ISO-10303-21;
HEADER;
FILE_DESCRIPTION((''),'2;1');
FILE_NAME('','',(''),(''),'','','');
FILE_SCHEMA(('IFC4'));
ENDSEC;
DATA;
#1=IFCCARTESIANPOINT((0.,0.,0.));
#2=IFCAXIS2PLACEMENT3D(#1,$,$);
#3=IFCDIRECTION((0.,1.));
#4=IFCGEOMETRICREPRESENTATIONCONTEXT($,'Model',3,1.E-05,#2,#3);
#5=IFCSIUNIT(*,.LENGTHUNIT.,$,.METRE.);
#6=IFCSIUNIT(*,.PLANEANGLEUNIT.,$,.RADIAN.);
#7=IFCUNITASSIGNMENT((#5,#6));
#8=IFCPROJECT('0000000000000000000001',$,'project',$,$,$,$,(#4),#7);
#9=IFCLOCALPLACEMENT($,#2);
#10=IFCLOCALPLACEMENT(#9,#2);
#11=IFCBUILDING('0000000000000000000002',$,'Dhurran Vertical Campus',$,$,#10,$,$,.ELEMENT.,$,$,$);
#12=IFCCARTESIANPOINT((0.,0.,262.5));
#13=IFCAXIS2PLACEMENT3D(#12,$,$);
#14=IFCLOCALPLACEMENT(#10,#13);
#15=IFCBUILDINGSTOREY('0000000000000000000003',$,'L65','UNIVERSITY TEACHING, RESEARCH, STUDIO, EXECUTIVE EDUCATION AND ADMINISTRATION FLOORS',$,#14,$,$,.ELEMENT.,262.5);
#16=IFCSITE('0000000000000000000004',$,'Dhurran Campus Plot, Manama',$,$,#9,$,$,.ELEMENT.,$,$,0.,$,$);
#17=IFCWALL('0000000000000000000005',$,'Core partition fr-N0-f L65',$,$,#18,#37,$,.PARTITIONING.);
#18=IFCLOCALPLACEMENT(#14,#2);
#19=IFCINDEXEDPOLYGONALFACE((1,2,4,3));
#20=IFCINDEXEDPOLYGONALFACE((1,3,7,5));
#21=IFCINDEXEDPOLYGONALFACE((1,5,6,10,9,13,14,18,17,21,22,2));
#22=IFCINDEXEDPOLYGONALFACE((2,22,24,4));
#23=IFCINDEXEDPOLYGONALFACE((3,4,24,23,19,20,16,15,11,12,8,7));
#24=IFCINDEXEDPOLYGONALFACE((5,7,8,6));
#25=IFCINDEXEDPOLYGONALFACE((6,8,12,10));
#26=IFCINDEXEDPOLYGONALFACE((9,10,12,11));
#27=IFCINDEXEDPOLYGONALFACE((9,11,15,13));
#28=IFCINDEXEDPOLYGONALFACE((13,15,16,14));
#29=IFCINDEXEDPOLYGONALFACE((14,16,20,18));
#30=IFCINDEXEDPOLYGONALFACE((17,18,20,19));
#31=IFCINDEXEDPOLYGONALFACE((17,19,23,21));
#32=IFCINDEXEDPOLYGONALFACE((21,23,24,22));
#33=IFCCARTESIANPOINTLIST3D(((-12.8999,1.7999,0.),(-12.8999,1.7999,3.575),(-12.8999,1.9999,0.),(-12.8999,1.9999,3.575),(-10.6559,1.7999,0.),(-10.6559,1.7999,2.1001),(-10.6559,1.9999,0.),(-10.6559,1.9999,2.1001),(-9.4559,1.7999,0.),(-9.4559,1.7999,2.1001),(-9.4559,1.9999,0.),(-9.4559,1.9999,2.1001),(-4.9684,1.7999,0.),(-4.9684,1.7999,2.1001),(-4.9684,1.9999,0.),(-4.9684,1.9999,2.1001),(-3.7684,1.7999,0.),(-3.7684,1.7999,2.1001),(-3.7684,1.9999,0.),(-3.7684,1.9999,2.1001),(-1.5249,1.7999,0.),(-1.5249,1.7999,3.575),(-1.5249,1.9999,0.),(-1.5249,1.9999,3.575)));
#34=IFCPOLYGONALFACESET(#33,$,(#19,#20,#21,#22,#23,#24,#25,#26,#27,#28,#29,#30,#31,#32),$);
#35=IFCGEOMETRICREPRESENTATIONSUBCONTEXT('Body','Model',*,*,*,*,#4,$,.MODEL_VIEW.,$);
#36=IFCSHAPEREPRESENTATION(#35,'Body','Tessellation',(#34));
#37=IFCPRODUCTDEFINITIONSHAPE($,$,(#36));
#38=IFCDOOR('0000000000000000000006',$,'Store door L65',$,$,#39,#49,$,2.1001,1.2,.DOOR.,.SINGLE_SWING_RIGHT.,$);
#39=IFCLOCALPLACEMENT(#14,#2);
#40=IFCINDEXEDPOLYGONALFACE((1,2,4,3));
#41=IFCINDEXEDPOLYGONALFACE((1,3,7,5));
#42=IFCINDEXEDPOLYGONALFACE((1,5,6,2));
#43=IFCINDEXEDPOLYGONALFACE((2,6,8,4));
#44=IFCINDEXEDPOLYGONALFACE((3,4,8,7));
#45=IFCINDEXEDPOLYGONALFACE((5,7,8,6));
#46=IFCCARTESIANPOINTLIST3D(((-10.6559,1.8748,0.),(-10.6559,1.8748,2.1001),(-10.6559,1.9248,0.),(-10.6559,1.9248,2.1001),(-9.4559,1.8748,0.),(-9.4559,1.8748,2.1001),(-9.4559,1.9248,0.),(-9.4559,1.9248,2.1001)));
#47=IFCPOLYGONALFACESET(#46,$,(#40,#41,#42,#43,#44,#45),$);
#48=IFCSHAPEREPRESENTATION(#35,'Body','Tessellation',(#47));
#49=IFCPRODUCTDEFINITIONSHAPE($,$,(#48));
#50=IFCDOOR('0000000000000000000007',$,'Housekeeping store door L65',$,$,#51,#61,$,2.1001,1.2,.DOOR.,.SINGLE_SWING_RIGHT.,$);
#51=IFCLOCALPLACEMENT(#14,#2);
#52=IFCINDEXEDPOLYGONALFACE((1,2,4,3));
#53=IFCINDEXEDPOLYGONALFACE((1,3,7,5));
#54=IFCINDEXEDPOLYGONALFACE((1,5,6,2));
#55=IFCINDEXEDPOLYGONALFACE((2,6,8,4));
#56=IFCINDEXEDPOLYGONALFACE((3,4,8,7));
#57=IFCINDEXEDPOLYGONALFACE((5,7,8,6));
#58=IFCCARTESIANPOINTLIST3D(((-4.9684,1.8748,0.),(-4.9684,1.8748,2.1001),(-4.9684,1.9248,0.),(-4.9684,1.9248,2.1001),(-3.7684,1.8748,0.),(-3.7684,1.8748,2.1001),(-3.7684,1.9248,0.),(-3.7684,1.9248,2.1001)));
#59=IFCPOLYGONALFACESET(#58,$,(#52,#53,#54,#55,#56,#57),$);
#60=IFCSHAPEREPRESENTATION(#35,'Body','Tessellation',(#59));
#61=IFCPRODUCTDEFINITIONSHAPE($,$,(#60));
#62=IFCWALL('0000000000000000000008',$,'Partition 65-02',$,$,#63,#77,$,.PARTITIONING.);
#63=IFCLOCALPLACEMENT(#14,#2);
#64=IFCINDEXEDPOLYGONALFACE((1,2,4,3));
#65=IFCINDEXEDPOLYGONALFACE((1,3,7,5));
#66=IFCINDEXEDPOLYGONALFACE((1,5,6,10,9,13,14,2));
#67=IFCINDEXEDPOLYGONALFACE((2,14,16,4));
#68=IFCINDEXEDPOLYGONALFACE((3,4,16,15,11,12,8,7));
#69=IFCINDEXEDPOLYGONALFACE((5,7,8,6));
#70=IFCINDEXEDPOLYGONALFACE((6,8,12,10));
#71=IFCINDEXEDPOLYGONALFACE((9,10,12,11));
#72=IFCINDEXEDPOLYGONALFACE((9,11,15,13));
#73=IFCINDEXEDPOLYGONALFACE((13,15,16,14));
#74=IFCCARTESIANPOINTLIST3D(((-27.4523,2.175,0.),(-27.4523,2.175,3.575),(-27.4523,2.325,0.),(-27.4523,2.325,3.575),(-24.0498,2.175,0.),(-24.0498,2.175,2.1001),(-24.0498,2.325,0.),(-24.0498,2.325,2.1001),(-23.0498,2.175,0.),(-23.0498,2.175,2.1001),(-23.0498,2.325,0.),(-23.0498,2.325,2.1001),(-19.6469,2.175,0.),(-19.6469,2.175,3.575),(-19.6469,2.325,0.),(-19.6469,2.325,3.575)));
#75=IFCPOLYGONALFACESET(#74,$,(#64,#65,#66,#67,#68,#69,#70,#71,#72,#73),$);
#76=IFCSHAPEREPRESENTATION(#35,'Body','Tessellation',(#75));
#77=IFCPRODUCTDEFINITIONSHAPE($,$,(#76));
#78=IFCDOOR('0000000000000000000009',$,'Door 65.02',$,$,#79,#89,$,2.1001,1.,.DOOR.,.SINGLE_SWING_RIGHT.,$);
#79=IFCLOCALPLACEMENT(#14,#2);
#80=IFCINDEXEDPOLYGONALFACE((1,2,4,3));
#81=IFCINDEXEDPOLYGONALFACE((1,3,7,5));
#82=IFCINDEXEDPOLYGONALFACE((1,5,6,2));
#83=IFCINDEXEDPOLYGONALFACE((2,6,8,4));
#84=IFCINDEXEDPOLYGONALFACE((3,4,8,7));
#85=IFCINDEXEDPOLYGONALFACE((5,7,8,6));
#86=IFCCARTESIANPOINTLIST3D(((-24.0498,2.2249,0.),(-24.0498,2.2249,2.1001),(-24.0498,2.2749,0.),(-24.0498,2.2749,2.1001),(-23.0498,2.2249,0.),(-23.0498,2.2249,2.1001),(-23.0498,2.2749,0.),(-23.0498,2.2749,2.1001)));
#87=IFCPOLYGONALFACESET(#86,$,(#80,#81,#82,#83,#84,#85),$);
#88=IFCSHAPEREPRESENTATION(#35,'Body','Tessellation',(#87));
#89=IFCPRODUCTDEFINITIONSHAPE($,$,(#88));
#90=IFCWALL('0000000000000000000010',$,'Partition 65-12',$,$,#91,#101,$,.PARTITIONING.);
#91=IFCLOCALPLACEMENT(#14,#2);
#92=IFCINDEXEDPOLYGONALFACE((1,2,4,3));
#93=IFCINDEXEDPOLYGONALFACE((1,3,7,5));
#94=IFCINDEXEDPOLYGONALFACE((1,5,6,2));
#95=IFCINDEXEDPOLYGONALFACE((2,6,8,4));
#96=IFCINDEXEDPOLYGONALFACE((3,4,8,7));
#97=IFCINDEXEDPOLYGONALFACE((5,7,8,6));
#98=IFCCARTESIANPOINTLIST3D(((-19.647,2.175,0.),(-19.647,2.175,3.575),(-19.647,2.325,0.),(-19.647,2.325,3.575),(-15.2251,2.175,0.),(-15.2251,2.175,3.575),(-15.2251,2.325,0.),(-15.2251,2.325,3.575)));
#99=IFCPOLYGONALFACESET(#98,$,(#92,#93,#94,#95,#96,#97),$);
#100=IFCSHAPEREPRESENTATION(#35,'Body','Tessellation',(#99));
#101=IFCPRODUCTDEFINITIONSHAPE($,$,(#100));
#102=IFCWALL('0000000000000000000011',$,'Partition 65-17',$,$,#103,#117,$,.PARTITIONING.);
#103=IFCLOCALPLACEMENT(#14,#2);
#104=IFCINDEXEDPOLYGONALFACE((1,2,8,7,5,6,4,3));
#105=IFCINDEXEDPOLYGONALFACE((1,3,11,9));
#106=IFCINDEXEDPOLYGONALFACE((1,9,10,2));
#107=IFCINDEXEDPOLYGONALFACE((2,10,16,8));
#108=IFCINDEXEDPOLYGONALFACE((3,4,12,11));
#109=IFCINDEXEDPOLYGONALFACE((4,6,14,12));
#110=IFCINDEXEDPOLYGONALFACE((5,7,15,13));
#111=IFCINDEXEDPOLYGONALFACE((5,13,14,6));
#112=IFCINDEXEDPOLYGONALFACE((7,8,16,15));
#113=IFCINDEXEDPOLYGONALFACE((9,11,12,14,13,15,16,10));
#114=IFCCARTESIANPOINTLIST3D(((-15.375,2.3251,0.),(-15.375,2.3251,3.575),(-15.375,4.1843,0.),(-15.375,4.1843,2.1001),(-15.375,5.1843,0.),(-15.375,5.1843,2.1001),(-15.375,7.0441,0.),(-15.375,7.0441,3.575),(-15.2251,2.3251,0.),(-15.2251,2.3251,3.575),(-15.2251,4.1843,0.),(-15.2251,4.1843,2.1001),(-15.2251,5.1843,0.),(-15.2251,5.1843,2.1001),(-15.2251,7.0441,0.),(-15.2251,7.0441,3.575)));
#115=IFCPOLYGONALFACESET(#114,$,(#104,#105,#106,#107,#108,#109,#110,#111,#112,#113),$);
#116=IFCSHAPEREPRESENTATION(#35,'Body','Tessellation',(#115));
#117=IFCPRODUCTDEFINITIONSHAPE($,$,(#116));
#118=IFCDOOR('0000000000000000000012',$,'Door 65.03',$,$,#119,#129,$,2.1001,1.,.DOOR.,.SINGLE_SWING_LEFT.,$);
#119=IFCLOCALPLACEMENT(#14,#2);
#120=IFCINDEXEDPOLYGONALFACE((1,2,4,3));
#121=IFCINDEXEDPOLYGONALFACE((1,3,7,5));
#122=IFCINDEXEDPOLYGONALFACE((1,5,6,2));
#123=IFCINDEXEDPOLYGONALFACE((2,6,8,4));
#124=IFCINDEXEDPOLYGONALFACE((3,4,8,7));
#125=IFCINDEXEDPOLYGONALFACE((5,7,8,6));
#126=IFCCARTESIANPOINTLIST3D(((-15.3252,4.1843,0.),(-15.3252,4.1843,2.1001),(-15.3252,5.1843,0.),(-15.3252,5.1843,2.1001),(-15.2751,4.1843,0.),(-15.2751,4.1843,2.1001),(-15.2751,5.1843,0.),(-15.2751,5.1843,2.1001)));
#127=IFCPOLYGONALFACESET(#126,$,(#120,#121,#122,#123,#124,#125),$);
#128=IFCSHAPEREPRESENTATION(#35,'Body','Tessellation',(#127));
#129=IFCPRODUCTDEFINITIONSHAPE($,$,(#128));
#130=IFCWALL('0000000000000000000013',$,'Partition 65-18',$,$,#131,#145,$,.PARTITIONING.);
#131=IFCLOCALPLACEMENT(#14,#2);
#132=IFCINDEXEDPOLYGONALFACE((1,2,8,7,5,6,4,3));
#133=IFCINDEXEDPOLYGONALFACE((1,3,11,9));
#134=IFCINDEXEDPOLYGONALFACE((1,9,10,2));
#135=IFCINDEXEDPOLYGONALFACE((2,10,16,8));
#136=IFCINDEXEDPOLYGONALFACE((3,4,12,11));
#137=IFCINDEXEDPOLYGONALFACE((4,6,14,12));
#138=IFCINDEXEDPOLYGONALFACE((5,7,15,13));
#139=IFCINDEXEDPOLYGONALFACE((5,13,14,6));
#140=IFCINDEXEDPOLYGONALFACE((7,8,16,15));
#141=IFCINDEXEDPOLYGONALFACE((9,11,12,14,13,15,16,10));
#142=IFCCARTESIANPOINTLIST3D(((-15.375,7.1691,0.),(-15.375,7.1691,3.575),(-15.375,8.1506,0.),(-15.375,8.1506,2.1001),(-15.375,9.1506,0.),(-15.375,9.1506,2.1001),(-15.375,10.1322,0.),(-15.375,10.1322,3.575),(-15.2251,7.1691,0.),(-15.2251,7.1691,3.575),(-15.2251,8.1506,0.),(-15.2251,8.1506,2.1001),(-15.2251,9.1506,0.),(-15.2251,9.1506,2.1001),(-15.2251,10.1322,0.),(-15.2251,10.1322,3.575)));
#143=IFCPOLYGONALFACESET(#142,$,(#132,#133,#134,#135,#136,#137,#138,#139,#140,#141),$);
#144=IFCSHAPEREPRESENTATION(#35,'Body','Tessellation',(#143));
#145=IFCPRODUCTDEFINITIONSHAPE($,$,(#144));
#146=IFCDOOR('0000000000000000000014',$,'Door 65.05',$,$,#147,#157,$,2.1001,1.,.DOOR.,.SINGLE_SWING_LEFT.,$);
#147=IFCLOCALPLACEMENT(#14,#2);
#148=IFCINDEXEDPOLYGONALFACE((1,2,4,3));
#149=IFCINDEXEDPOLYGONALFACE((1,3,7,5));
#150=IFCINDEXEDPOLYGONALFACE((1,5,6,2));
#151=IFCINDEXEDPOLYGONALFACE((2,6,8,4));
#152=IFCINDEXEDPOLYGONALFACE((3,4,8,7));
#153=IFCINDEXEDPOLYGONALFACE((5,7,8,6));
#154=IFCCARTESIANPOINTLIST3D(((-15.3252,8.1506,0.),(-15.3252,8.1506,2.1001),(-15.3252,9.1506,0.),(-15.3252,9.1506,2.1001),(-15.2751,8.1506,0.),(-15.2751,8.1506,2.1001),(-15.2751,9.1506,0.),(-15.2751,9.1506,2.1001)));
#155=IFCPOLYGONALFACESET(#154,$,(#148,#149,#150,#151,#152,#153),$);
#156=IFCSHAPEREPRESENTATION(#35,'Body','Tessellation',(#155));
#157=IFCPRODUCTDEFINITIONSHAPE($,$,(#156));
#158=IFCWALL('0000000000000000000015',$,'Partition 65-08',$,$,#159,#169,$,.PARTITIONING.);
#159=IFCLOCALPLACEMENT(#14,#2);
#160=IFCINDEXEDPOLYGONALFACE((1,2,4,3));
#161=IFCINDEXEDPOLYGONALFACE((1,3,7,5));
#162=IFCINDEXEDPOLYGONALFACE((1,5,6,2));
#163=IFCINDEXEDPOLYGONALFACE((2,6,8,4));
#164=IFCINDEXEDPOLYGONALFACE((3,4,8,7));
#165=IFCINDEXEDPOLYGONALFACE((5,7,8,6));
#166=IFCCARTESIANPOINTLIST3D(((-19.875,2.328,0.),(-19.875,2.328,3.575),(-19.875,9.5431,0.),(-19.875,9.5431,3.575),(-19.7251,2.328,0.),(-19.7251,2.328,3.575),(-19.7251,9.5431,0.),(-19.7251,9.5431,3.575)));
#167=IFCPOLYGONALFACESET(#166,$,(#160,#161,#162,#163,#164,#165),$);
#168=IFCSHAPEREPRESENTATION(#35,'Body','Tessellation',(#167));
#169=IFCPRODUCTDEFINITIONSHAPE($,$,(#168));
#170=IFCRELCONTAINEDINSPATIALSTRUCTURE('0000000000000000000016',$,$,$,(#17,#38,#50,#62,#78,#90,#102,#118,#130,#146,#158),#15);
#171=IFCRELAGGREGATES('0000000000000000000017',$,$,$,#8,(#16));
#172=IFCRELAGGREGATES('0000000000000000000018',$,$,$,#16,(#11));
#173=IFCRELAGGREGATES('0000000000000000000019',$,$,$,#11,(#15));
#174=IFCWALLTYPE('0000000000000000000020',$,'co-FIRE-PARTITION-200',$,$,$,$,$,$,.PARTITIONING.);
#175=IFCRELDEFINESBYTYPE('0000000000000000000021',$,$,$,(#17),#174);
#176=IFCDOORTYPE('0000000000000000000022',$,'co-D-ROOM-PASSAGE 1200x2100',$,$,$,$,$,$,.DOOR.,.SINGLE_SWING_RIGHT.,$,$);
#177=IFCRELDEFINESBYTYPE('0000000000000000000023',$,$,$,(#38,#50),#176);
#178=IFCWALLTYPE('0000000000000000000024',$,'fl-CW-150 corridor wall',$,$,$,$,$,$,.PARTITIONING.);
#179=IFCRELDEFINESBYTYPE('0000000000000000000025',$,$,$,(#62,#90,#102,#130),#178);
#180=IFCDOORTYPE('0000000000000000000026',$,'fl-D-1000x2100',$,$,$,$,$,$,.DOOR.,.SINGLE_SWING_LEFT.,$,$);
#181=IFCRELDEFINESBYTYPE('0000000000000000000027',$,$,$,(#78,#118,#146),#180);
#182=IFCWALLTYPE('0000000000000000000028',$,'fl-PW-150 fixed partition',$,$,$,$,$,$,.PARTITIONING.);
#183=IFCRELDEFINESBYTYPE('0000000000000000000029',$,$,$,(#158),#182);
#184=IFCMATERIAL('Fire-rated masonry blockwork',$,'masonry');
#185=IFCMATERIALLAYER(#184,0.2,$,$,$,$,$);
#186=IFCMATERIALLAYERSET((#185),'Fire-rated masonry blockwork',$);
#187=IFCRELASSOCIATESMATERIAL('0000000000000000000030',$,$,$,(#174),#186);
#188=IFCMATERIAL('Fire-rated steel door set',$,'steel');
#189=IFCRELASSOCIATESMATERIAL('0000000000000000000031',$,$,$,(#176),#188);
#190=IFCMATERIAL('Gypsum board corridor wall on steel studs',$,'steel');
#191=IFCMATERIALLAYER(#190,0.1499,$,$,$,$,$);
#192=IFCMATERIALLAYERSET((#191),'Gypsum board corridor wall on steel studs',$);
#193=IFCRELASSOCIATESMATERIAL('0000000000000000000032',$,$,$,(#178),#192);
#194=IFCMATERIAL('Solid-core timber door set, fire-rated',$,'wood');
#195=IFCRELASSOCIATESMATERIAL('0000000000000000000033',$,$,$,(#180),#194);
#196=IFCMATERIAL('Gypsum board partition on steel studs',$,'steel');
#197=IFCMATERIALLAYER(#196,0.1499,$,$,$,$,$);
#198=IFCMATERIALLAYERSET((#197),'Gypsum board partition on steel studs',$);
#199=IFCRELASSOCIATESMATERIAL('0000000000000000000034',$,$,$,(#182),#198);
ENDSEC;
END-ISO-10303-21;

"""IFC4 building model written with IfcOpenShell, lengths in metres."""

from ifc_helpers import new_model, si_unit, direction, frame, frame_2d, origin, place, context, subcontext, project, spatial, rectangle, extrude, material, layer, layer_set, type_object, element, fill, save


model = new_model("IFC4")

# Units and contexts
model_context = context("Model", 3, precision=1e-05, world=origin(), true_north=direction((0.0, 1.0)))
body_context = subcontext(model_context, "Body", "Model", "MODEL_VIEW")
ifc_project = project(units=[si_unit("LENGTHUNIT", "METRE"), si_unit("PLANEANGLEUNIT", "RADIAN")], contexts=[model_context])

# Site, building, storey
site_placement = place(None, origin())
site = spatial("IfcSite", under=ifc_project, at=site_placement, Name="Dhurran Campus Plot, Manama", CompositionType="ELEMENT", RefElevation=0.0)
building_placement = place(site_placement, origin())
building = spatial("IfcBuilding", under=site, at=building_placement, Name="Dhurran Vertical Campus", CompositionType="ELEMENT")
storey_placement = place(building_placement, frame((0.0, 0.0, 262.5)))
storey = spatial("IfcBuildingStorey", under=building, at=storey_placement, Name="L65", Description="UNIVERSITY TEACHING, RESEARCH, STUDIO, EXECUTIVE EDUCATION AND ADMINISTRATION FLOORS", CompositionType="ELEMENT", Elevation=262.5)

# Wall, openings, doors
ifc_material_1 = material(Name="Fire-rated masonry blockwork", Category="masonry")
ifc_layer_1 = layer(ifc_material_1, 0.2)
ifc_layer_set_1 = layer_set([ifc_layer_1], Name="Fire-rated masonry blockwork")
wall_type_1 = type_object("IfcWallType", Name="co-FIRE-PARTITION-200", PredefinedType="PARTITIONING", material=ifc_layer_set_1)
wall_1_placement = place(storey_placement, frame((-12.8999, 1.8999, 0.0), z_axis=(0.0, 0.0, 1.0), x_axis=(1.0, 0.0, 0.0)))
wall_1 = element("IfcWall", 1, at=wall_1_placement, inside=storey, type_object=wall_type_1, Name="Core partition fr-N0-f L65", PredefinedType="PARTITIONING", context=body_context, shape_type="SweptSolid", body=[
    extrude(rectangle(XDim=11.375, YDim=0.2, at=frame_2d((5.6875, 0.0))), origin(), (0.0, 0.0, 1.0), 3.575),
])
opening_1_placement = place(wall_1_placement, frame((2.2439, 0.0, 0.0)))
opening_1 = element("IfcOpeningElement", 2, at=opening_1_placement, cuts=wall_1, PredefinedType="OPENING", context=body_context, shape_type="SweptSolid", body=[
    extrude(rectangle(XDim=1.2, YDim=2.1001, at=frame_2d((0.6001, 1.05))), frame((0.0, 0.1099, 0.0), z_axis=(0.0, -1.0, 0.0), x_axis=(1.0, 0.0, 0.0)), (0.0, 0.0, 1.0), 0.22),
])
opening_2_placement = place(wall_1_placement, frame((7.9314, 0.0, 0.0)))
opening_2 = element("IfcOpeningElement", 3, at=opening_2_placement, cuts=wall_1, PredefinedType="OPENING", context=body_context, shape_type="SweptSolid", body=[
    extrude(rectangle(XDim=1.2, YDim=2.1001, at=frame_2d((0.6001, 1.05))), frame((0.0, 0.1099, 0.0), z_axis=(0.0, -1.0, 0.0), x_axis=(1.0, 0.0, 0.0)), (0.0, 0.0, 1.0), 0.22),
])
ifc_material_2 = material(Name="Fire-rated steel door set", Category="steel")
door_type_1 = type_object("IfcDoorType", Name="co-D-ROOM-PASSAGE 1200x2100", OperationType="SINGLE_SWING_RIGHT", PredefinedType="DOOR", material=ifc_material_2)
door_1_placement = place(opening_1_placement, origin())
door_1 = element("IfcDoor", 4, at=door_1_placement, inside=storey, type_object=door_type_1, Name="Store door L65", OperationType="SINGLE_SWING_RIGHT", OverallHeight=2.1001, OverallWidth=1.2, PredefinedType="DOOR", context=body_context, shape_type="SweptSolid", body=[
    extrude(rectangle(XDim=1.2, YDim=2.1001, at=frame_2d((0.6001, 1.05))), frame((0.0, 0.0249, 0.0), z_axis=(0.0, -1.0, 0.0), x_axis=(1.0, 0.0, 0.0)), (0.0, 0.0, 1.0), 0.05),
])
fill(opening_1, door_1)
door_2_placement = place(opening_2_placement, origin())
door_2 = element("IfcDoor", 5, at=door_2_placement, inside=storey, type_object=door_type_1, Name="Housekeeping store door L65", OperationType="SINGLE_SWING_RIGHT", OverallHeight=2.1001, OverallWidth=1.2, PredefinedType="DOOR", context=body_context, shape_type="SweptSolid", body=[
    extrude(rectangle(XDim=1.2, YDim=2.1001, at=frame_2d((0.6001, 1.05))), frame((0.0, 0.0249, 0.0), z_axis=(0.0, -1.0, 0.0), x_axis=(1.0, 0.0, 0.0)), (0.0, 0.0, 1.0), 0.05),
])
fill(opening_2, door_2)

# Wall, opening, door
ifc_material_3 = material(Name="Gypsum board corridor wall on steel studs", Category="steel")
ifc_layer_2 = layer(ifc_material_3, 0.1499)
ifc_layer_set_2 = layer_set([ifc_layer_2], Name="Gypsum board corridor wall on steel studs")
wall_type_2 = type_object("IfcWallType", Name="fl-CW-150 corridor wall", PredefinedType="PARTITIONING", material=ifc_layer_set_2)
wall_2_placement = place(storey_placement, frame((-27.4524, 2.25, 0.0), z_axis=(0.0, 0.0, 1.0), x_axis=(1.0, 0.0, 0.0)))
wall_2 = element("IfcWall", 6, at=wall_2_placement, inside=storey, type_object=wall_type_2, Name="Partition 65-02", PredefinedType="PARTITIONING", context=body_context, shape_type="SweptSolid", body=[
    extrude(rectangle(XDim=7.8054, YDim=0.1499, at=frame_2d((3.9028, 0.0))), origin(), (0.0, 0.0, 1.0), 3.575),
])
opening_3_placement = place(wall_2_placement, frame((3.4026, 0.0, 0.0)))
opening_3 = element("IfcOpeningElement", 7, at=opening_3_placement, cuts=wall_2, PredefinedType="OPENING", context=body_context, shape_type="SweptSolid", body=[
    extrude(rectangle(XDim=1.0, YDim=2.1001, at=frame_2d((0.5, 1.05))), frame((0.0, 0.085, 0.0), z_axis=(0.0, -1.0, 0.0), x_axis=(1.0, 0.0, 0.0)), (0.0, 0.0, 1.0), 0.1699),
])
ifc_material_4 = material(Name="Solid-core timber door set, fire-rated", Category="wood")
door_type_2 = type_object("IfcDoorType", Name="fl-D-1000x2100", OperationType="SINGLE_SWING_LEFT", PredefinedType="DOOR", material=ifc_material_4)
door_3_placement = place(opening_3_placement, origin())
door_3 = element("IfcDoor", 8, at=door_3_placement, inside=storey, type_object=door_type_2, Name="Door 65.02", OperationType="SINGLE_SWING_RIGHT", OverallHeight=2.1001, OverallWidth=1.0, PredefinedType="DOOR", context=body_context, shape_type="SweptSolid", body=[
    extrude(rectangle(XDim=1.0, YDim=2.1001, at=frame_2d((0.5, 1.05))), frame((0.0, 0.0249, 0.0), z_axis=(0.0, -1.0, 0.0), x_axis=(1.0, 0.0, 0.0)), (0.0, 0.0, 1.0), 0.05),
])
fill(opening_3, door_3)

# Wall
wall_3_placement = place(storey_placement, frame((-19.647, 2.25, 0.0), z_axis=(0.0, 0.0, 1.0), x_axis=(1.0, 0.0, 0.0)))
element("IfcWall", 9, at=wall_3_placement, inside=storey, type_object=wall_type_2, Name="Partition 65-12", PredefinedType="PARTITIONING", context=body_context, shape_type="SweptSolid", body=[
    extrude(rectangle(XDim=4.4219, YDim=0.1499, at=frame_2d((2.2109, 0.0))), origin(), (0.0, 0.0, 1.0), 3.575),
])

# Walls, openings, doors
wall_4_placement = place(storey_placement, frame((-15.3, 7.0439, 0.0), z_axis=(0.0, 0.0, 1.0), x_axis=(0.0, -1.0, 0.0)))
wall_4 = element("IfcWall", 10, at=wall_4_placement, inside=storey, type_object=wall_type_2, Name="Partition 65-17", PredefinedType="PARTITIONING", context=body_context, shape_type="SweptSolid", body=[
    extrude(rectangle(XDim=4.719, YDim=0.1499, at=frame_2d((2.3594, 0.0))), origin(), (0.0, 0.0, 1.0), 3.575),
])
opening_4_placement = place(wall_4_placement, frame((1.8596, 0.0, 0.0)))
opening_4 = element("IfcOpeningElement", 11, at=opening_4_placement, cuts=wall_4, PredefinedType="OPENING", context=body_context, shape_type="SweptSolid", body=[
    extrude(rectangle(XDim=1.0, YDim=2.1001, at=frame_2d((0.5, 1.05))), frame((0.0, 0.085, 0.0), z_axis=(0.0, -1.0, 0.0), x_axis=(1.0, 0.0, 0.0)), (0.0, 0.0, 1.0), 0.1699),
])
door_4_placement = place(opening_4_placement, origin())
door_4 = element("IfcDoor", 12, at=door_4_placement, inside=storey, type_object=door_type_2, Name="Door 65.03", OperationType="SINGLE_SWING_LEFT", OverallHeight=2.1001, OverallWidth=1.0, PredefinedType="DOOR", context=body_context, shape_type="SweptSolid", body=[
    extrude(rectangle(XDim=1.0, YDim=2.1001, at=frame_2d((0.5, 1.05))), frame((0.0, 0.0249, 0.0), z_axis=(0.0, -1.0, 0.0), x_axis=(1.0, 0.0, 0.0)), (0.0, 0.0, 1.0), 0.05),
])
fill(opening_4, door_4)
wall_5_placement = place(storey_placement, frame((-15.3, 10.1321, 0.0), z_axis=(0.0, 0.0, 1.0), x_axis=(0.0, -1.0, 0.0)))
wall_5 = element("IfcWall", 13, at=wall_5_placement, inside=storey, type_object=wall_type_2, Name="Partition 65-18", PredefinedType="PARTITIONING", context=body_context, shape_type="SweptSolid", body=[
    extrude(rectangle(XDim=2.9631, YDim=0.1499, at=frame_2d((1.4814, 0.0))), origin(), (0.0, 0.0, 1.0), 3.575),
])
opening_5_placement = place(wall_5_placement, frame((0.9814, 0.0, 0.0)))
opening_5 = element("IfcOpeningElement", 14, at=opening_5_placement, cuts=wall_5, PredefinedType="OPENING", context=body_context, shape_type="SweptSolid", body=[
    extrude(rectangle(XDim=1.0, YDim=2.1001, at=frame_2d((0.5, 1.05))), frame((0.0, 0.085, 0.0), z_axis=(0.0, -1.0, 0.0), x_axis=(1.0, 0.0, 0.0)), (0.0, 0.0, 1.0), 0.1699),
])
door_5_placement = place(opening_5_placement, origin())
door_5 = element("IfcDoor", 15, at=door_5_placement, inside=storey, type_object=door_type_2, Name="Door 65.05", OperationType="SINGLE_SWING_LEFT", OverallHeight=2.1001, OverallWidth=1.0, PredefinedType="DOOR", context=body_context, shape_type="SweptSolid", body=[
    extrude(rectangle(XDim=1.0, YDim=2.1001, at=frame_2d((0.5, 1.05))), frame((0.0, 0.0249, 0.0), z_axis=(0.0, -1.0, 0.0), x_axis=(1.0, 0.0, 0.0)), (0.0, 0.0, 1.0), 0.05),
])
fill(opening_5, door_5)

# Wall
ifc_material_5 = material(Name="Gypsum board partition on steel studs", Category="steel")
ifc_layer_3 = layer(ifc_material_5, 0.1499)
ifc_layer_set_3 = layer_set([ifc_layer_3], Name="Gypsum board partition on steel studs")
wall_type_3 = type_object("IfcWallType", Name="fl-PW-150 fixed partition", PredefinedType="PARTITIONING", material=ifc_layer_set_3)
wall_6_placement = place(storey_placement, frame((-19.8, 9.543, 0.0), z_axis=(0.0, 0.0, 1.0), x_axis=(0.0, -1.0, 0.0)))
element("IfcWall", 16, at=wall_6_placement, inside=storey, type_object=wall_type_3, Name="Partition 65-08", PredefinedType="PARTITIONING", context=body_context, shape_type="SweptSolid", body=[
    extrude(rectangle(XDim=7.2151, YDim=0.1499, at=frame_2d((3.6074, 0.0))), origin(), (0.0, 0.0, 1.0), 3.575),
])

save(model, "model.ifc")
